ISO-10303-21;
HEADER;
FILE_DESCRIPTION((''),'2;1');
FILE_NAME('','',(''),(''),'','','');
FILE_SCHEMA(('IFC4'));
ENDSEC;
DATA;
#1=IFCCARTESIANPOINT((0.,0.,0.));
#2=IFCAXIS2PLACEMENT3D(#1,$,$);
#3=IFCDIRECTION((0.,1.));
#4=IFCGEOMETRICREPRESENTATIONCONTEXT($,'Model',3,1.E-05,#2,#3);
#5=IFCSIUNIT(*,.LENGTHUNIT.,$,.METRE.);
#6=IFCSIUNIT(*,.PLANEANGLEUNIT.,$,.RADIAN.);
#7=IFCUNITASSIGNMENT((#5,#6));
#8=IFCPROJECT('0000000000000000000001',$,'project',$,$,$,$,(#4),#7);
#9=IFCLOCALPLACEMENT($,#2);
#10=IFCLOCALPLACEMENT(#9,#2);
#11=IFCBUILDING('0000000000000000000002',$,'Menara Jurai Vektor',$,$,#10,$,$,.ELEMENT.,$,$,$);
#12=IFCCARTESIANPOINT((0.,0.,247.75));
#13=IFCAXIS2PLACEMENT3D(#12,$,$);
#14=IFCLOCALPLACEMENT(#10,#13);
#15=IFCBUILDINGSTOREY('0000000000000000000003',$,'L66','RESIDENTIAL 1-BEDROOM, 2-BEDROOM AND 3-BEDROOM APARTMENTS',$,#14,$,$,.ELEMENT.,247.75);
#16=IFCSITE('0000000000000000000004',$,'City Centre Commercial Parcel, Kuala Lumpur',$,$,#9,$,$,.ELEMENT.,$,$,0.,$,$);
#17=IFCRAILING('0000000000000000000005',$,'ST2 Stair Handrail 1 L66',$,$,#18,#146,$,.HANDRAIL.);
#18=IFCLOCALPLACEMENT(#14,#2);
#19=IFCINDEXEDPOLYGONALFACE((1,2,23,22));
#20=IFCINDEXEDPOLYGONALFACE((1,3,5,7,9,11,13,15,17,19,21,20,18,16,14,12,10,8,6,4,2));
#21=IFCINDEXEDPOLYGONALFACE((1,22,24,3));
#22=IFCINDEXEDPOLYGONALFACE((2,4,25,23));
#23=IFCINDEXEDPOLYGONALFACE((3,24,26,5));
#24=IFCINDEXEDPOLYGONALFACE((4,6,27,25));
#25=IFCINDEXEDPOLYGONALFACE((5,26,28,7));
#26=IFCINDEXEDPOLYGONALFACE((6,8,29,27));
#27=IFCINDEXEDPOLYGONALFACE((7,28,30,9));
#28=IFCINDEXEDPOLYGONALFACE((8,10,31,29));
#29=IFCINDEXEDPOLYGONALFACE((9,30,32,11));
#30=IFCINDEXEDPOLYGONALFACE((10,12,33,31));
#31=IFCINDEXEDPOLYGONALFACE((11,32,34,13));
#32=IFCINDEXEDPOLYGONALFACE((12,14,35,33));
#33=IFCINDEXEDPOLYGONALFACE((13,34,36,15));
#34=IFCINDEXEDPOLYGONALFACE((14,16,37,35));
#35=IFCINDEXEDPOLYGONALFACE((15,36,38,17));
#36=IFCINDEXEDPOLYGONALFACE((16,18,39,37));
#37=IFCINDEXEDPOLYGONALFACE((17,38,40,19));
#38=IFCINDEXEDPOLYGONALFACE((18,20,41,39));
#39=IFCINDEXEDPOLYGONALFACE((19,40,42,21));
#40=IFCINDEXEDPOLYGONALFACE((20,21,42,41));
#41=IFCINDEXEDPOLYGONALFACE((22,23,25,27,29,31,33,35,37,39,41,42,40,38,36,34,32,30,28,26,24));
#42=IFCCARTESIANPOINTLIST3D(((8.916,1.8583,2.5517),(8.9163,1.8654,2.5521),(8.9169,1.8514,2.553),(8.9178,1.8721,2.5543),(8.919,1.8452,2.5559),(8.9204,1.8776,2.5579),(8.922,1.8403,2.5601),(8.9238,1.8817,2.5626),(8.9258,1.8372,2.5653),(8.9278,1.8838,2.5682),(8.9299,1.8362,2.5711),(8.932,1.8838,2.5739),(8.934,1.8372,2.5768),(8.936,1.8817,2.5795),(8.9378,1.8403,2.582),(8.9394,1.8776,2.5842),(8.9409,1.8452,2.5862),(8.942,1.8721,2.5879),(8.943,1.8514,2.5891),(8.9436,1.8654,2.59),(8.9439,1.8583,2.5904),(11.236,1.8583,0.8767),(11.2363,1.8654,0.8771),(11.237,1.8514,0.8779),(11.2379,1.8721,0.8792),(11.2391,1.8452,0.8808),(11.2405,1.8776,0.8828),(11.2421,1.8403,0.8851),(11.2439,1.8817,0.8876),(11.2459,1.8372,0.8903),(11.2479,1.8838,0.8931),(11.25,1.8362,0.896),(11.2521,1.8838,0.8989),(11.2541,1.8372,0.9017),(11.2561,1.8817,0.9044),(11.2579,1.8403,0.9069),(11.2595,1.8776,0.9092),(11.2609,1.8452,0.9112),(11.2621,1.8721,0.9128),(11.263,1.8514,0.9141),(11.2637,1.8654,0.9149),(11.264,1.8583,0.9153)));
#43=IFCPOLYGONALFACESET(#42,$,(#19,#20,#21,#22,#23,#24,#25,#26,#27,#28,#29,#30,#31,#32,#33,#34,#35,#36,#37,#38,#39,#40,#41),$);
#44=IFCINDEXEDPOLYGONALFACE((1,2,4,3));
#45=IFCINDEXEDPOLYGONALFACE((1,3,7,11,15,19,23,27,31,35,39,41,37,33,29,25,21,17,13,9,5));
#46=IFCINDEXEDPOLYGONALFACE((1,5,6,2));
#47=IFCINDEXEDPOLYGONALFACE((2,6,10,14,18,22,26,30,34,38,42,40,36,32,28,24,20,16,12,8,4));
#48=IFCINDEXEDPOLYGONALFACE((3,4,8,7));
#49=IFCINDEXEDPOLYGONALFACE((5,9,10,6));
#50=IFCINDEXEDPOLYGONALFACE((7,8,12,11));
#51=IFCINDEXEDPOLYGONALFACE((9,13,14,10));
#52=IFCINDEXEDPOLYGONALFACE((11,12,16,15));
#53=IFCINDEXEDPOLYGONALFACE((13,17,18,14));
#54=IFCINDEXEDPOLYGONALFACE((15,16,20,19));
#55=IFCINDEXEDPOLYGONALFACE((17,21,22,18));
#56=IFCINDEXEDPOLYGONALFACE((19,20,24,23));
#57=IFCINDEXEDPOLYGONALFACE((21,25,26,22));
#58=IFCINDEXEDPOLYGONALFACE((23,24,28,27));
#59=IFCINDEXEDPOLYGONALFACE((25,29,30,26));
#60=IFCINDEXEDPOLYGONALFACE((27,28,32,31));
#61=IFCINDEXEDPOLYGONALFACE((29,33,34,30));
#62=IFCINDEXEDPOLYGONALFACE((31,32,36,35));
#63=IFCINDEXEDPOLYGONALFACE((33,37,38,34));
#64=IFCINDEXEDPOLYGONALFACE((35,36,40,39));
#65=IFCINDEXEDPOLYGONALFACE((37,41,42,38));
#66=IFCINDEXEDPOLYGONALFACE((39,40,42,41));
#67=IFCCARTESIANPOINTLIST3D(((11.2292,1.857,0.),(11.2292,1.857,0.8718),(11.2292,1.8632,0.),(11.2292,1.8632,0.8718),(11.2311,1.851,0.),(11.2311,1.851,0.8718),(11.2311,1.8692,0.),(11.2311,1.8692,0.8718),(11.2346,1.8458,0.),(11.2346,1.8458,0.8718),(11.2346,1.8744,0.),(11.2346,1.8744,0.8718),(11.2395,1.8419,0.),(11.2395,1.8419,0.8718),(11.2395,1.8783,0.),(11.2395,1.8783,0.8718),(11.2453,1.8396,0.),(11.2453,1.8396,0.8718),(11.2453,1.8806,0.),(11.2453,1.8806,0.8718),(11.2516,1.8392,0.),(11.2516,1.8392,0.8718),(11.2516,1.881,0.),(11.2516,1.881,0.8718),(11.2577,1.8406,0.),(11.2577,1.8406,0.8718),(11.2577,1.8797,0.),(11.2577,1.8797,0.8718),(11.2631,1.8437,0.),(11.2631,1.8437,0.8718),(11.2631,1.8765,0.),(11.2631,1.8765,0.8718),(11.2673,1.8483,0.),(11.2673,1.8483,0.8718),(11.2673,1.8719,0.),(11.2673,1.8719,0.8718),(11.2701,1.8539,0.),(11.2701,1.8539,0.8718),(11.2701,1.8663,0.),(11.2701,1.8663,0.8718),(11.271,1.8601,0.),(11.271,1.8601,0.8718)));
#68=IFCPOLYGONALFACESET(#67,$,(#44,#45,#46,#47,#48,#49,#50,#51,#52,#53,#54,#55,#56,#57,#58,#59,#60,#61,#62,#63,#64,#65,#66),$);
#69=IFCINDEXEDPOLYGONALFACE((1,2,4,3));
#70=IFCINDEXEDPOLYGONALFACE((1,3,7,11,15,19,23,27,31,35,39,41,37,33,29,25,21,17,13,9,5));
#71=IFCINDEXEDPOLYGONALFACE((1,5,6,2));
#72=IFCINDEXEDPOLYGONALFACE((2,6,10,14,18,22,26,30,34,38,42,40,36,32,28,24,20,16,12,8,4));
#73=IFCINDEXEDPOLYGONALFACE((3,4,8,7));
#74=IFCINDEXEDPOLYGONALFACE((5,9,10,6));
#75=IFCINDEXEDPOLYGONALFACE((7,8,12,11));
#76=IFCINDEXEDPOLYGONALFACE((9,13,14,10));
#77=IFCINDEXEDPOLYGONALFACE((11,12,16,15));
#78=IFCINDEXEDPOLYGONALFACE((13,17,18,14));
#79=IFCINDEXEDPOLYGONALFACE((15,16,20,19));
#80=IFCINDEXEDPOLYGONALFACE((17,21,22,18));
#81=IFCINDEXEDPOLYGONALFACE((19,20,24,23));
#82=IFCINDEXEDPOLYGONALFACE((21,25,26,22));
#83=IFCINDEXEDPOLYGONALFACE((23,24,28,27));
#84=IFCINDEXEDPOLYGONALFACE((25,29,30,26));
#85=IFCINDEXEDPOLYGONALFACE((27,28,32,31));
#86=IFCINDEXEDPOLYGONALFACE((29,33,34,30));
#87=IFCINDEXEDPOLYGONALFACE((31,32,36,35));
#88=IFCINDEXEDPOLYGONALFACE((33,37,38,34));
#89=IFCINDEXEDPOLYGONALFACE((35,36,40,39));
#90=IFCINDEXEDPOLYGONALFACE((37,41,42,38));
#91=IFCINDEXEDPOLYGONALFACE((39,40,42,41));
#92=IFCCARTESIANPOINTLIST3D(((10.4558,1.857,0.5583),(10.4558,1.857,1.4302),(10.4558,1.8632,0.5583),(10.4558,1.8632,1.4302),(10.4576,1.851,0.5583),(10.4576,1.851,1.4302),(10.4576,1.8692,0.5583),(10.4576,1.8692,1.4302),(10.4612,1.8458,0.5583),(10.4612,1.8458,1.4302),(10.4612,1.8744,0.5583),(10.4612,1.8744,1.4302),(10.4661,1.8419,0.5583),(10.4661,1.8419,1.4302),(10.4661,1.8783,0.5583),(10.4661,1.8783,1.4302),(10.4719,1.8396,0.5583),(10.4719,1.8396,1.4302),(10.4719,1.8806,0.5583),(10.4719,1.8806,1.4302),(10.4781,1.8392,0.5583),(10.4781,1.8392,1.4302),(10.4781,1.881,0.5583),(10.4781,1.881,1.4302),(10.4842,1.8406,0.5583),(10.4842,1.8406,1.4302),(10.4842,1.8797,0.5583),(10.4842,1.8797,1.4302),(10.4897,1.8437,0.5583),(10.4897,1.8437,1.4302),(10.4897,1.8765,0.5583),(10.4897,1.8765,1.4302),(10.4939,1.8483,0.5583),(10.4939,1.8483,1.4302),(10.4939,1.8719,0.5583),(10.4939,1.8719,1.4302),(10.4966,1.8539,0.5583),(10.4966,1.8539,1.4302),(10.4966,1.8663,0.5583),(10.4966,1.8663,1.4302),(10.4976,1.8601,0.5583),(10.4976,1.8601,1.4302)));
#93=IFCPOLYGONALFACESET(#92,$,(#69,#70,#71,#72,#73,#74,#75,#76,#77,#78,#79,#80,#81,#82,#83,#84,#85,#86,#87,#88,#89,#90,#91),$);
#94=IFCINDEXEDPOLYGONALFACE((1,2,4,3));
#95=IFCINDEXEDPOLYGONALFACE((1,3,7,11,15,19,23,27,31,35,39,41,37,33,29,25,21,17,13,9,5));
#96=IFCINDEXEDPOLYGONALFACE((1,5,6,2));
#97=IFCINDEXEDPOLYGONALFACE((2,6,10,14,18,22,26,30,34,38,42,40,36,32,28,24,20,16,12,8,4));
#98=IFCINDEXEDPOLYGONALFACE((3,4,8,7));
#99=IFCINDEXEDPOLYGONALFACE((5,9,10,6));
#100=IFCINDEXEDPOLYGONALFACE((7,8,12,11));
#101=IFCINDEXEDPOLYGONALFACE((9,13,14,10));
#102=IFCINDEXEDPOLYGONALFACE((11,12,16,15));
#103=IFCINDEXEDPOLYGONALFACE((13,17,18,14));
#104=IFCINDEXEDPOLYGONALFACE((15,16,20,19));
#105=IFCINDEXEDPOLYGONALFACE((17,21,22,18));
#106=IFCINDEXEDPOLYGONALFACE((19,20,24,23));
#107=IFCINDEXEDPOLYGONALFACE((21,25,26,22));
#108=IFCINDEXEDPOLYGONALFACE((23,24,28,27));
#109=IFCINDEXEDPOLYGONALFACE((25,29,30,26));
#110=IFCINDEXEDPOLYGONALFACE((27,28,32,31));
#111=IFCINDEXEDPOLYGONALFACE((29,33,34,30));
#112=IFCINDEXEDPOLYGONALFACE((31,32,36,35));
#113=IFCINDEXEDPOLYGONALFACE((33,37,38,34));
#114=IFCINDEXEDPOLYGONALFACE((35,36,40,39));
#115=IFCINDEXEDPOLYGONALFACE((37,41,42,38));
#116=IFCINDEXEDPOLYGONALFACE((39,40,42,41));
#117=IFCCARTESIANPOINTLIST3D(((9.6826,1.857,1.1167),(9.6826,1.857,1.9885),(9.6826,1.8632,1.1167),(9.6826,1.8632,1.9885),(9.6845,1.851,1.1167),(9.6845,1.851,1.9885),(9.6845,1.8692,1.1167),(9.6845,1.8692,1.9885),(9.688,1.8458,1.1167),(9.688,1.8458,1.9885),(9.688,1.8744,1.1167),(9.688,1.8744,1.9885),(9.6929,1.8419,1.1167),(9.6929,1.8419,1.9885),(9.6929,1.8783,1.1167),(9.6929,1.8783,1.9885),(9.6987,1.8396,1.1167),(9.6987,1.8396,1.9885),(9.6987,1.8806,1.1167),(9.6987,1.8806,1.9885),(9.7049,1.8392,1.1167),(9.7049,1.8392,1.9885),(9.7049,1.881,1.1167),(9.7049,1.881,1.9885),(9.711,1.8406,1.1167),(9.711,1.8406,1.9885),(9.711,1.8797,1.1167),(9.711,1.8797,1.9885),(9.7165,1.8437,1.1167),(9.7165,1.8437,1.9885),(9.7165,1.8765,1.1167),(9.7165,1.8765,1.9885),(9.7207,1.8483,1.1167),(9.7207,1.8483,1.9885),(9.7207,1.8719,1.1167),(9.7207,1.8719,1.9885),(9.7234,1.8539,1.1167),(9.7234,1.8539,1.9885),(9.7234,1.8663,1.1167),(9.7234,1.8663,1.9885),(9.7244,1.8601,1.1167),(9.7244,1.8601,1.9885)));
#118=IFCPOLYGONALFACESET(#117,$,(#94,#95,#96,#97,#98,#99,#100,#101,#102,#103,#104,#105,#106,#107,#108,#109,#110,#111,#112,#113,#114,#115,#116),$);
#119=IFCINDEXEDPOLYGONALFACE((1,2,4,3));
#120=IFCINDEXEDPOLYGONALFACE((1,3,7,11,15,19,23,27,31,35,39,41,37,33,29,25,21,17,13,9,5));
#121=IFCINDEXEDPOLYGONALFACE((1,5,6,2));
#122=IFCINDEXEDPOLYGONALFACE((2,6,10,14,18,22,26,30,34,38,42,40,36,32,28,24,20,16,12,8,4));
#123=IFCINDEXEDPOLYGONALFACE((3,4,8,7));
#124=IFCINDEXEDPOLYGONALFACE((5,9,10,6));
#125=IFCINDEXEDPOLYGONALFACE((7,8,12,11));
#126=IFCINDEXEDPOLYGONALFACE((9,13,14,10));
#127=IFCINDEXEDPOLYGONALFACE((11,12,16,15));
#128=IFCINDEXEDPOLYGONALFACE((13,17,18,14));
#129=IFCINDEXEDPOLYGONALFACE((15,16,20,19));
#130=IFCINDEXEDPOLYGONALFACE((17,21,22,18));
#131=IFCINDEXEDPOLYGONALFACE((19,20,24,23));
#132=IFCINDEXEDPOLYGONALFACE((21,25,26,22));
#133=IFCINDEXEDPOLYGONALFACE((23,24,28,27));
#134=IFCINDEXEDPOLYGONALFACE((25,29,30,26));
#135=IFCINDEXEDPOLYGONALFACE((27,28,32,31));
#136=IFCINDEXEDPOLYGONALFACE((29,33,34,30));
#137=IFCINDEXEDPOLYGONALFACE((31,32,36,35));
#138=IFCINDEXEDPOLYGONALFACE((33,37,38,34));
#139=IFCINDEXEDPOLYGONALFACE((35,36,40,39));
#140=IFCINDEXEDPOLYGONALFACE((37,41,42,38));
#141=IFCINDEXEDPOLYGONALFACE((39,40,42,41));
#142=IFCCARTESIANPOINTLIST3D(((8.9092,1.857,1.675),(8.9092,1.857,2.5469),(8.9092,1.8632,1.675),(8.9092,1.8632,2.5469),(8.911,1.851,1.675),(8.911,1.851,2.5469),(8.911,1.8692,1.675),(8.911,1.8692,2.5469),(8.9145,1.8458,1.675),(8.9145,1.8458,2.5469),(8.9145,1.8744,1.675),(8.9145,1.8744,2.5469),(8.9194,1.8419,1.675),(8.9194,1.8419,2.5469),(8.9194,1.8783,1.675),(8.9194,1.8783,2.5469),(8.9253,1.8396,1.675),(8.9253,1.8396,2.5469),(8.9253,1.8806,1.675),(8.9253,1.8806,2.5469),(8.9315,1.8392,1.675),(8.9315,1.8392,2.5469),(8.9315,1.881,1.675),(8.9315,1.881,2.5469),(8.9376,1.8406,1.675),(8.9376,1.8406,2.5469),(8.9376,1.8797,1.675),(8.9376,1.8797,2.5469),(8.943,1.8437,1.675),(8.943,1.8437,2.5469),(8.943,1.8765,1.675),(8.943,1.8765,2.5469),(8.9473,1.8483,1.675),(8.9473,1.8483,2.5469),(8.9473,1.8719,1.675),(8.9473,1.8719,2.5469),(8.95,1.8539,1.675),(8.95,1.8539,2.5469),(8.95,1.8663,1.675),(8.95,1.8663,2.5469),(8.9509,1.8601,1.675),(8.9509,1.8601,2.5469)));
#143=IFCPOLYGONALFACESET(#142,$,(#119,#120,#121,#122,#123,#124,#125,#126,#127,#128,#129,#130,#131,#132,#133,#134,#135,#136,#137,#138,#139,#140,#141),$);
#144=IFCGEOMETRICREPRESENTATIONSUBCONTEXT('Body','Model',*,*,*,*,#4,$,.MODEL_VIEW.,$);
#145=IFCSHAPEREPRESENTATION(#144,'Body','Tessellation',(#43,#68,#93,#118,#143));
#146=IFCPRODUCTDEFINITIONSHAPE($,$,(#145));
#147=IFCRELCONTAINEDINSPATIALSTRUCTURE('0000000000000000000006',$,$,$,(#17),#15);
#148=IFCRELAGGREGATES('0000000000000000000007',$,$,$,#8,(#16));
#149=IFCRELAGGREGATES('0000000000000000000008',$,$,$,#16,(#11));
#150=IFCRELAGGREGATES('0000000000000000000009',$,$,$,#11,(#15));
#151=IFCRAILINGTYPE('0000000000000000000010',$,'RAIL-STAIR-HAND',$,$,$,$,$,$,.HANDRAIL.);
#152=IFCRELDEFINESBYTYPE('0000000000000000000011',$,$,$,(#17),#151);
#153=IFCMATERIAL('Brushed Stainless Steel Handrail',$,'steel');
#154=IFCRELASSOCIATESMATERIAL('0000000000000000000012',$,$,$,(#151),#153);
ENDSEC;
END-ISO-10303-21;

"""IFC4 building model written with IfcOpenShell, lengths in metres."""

from ifc_helpers import new_model, si_unit, direction, frame, origin, origin_2d, place, context, subcontext, project, spatial, circle, extrude, material, type_object, element, save


model = new_model("IFC4")

# Units and contexts
model_context = context("Model", 3, precision=1e-05, world=origin(), true_north=direction((0.0, 1.0)))
body_context = subcontext(model_context, "Body", "Model", "MODEL_VIEW")
ifc_project = project(units=[si_unit("LENGTHUNIT", "METRE"), si_unit("PLANEANGLEUNIT", "RADIAN")], contexts=[model_context])

# Site, building, storey
site_placement = place(None, origin())
site = spatial("IfcSite", under=ifc_project, at=site_placement, Name="City Centre Commercial Parcel, Kuala Lumpur", CompositionType="ELEMENT", RefElevation=0.0)
building_placement = place(site_placement, origin())
building = spatial("IfcBuilding", under=site, at=building_placement, Name="Menara Jurai Vektor", CompositionType="ELEMENT")
storey_placement = place(building_placement, frame((0.0, 0.0, 247.75)))
storey = spatial("IfcBuildingStorey", under=building, at=storey_placement, Name="L66", Description="RESIDENTIAL 1-BEDROOM, 2-BEDROOM AND 3-BEDROOM APARTMENTS", CompositionType="ELEMENT", Elevation=247.75)

# Railing
ifc_material_1 = material(Name="Brushed Stainless Steel Handrail", Category="steel")
railing_type_1 = type_object("IfcRailingType", Name="RAIL-STAIR-HAND", PredefinedType="HANDRAIL", material=ifc_material_1)
railing_1_placement = place(storey_placement, frame((11.25, 1.8601, 0.0)))
element("IfcRailing", 1, at=railing_1_placement, inside=storey, type_object=railing_type_1, Name="ST2 Stair Handrail 1 L66", PredefinedType="HANDRAIL", context=body_context, shape_type="SweptSolid", body=[
    extrude(circle(Radius=0.0239, at=origin_2d()), frame((0.0, 0.0, 0.896), z_axis=(-0.810771, 0.0, 0.585363), x_axis=(0.0, -1.0, 0.0)), (0.0, 0.0, 1.0), 2.8616),
    extrude(circle(Radius=0.021, at=origin_2d()), origin(), (0.0, 0.0, 1.0), 0.8718),
    extrude(circle(Radius=0.021, at=origin_2d()), frame((-0.7734, 0.0, 0.5583)), (0.0, 0.0, 1.0), 0.8718),
    extrude(circle(Radius=0.021, at=origin_2d()), frame((-1.5466, 0.0, 1.1167)), (0.0, 0.0, 1.0), 0.8718),
    extrude(circle(Radius=0.021, at=origin_2d()), frame((-2.3201, 0.0, 1.675)), (0.0, 0.0, 1.0), 0.8718),
])

save(model, "model.ifc")
